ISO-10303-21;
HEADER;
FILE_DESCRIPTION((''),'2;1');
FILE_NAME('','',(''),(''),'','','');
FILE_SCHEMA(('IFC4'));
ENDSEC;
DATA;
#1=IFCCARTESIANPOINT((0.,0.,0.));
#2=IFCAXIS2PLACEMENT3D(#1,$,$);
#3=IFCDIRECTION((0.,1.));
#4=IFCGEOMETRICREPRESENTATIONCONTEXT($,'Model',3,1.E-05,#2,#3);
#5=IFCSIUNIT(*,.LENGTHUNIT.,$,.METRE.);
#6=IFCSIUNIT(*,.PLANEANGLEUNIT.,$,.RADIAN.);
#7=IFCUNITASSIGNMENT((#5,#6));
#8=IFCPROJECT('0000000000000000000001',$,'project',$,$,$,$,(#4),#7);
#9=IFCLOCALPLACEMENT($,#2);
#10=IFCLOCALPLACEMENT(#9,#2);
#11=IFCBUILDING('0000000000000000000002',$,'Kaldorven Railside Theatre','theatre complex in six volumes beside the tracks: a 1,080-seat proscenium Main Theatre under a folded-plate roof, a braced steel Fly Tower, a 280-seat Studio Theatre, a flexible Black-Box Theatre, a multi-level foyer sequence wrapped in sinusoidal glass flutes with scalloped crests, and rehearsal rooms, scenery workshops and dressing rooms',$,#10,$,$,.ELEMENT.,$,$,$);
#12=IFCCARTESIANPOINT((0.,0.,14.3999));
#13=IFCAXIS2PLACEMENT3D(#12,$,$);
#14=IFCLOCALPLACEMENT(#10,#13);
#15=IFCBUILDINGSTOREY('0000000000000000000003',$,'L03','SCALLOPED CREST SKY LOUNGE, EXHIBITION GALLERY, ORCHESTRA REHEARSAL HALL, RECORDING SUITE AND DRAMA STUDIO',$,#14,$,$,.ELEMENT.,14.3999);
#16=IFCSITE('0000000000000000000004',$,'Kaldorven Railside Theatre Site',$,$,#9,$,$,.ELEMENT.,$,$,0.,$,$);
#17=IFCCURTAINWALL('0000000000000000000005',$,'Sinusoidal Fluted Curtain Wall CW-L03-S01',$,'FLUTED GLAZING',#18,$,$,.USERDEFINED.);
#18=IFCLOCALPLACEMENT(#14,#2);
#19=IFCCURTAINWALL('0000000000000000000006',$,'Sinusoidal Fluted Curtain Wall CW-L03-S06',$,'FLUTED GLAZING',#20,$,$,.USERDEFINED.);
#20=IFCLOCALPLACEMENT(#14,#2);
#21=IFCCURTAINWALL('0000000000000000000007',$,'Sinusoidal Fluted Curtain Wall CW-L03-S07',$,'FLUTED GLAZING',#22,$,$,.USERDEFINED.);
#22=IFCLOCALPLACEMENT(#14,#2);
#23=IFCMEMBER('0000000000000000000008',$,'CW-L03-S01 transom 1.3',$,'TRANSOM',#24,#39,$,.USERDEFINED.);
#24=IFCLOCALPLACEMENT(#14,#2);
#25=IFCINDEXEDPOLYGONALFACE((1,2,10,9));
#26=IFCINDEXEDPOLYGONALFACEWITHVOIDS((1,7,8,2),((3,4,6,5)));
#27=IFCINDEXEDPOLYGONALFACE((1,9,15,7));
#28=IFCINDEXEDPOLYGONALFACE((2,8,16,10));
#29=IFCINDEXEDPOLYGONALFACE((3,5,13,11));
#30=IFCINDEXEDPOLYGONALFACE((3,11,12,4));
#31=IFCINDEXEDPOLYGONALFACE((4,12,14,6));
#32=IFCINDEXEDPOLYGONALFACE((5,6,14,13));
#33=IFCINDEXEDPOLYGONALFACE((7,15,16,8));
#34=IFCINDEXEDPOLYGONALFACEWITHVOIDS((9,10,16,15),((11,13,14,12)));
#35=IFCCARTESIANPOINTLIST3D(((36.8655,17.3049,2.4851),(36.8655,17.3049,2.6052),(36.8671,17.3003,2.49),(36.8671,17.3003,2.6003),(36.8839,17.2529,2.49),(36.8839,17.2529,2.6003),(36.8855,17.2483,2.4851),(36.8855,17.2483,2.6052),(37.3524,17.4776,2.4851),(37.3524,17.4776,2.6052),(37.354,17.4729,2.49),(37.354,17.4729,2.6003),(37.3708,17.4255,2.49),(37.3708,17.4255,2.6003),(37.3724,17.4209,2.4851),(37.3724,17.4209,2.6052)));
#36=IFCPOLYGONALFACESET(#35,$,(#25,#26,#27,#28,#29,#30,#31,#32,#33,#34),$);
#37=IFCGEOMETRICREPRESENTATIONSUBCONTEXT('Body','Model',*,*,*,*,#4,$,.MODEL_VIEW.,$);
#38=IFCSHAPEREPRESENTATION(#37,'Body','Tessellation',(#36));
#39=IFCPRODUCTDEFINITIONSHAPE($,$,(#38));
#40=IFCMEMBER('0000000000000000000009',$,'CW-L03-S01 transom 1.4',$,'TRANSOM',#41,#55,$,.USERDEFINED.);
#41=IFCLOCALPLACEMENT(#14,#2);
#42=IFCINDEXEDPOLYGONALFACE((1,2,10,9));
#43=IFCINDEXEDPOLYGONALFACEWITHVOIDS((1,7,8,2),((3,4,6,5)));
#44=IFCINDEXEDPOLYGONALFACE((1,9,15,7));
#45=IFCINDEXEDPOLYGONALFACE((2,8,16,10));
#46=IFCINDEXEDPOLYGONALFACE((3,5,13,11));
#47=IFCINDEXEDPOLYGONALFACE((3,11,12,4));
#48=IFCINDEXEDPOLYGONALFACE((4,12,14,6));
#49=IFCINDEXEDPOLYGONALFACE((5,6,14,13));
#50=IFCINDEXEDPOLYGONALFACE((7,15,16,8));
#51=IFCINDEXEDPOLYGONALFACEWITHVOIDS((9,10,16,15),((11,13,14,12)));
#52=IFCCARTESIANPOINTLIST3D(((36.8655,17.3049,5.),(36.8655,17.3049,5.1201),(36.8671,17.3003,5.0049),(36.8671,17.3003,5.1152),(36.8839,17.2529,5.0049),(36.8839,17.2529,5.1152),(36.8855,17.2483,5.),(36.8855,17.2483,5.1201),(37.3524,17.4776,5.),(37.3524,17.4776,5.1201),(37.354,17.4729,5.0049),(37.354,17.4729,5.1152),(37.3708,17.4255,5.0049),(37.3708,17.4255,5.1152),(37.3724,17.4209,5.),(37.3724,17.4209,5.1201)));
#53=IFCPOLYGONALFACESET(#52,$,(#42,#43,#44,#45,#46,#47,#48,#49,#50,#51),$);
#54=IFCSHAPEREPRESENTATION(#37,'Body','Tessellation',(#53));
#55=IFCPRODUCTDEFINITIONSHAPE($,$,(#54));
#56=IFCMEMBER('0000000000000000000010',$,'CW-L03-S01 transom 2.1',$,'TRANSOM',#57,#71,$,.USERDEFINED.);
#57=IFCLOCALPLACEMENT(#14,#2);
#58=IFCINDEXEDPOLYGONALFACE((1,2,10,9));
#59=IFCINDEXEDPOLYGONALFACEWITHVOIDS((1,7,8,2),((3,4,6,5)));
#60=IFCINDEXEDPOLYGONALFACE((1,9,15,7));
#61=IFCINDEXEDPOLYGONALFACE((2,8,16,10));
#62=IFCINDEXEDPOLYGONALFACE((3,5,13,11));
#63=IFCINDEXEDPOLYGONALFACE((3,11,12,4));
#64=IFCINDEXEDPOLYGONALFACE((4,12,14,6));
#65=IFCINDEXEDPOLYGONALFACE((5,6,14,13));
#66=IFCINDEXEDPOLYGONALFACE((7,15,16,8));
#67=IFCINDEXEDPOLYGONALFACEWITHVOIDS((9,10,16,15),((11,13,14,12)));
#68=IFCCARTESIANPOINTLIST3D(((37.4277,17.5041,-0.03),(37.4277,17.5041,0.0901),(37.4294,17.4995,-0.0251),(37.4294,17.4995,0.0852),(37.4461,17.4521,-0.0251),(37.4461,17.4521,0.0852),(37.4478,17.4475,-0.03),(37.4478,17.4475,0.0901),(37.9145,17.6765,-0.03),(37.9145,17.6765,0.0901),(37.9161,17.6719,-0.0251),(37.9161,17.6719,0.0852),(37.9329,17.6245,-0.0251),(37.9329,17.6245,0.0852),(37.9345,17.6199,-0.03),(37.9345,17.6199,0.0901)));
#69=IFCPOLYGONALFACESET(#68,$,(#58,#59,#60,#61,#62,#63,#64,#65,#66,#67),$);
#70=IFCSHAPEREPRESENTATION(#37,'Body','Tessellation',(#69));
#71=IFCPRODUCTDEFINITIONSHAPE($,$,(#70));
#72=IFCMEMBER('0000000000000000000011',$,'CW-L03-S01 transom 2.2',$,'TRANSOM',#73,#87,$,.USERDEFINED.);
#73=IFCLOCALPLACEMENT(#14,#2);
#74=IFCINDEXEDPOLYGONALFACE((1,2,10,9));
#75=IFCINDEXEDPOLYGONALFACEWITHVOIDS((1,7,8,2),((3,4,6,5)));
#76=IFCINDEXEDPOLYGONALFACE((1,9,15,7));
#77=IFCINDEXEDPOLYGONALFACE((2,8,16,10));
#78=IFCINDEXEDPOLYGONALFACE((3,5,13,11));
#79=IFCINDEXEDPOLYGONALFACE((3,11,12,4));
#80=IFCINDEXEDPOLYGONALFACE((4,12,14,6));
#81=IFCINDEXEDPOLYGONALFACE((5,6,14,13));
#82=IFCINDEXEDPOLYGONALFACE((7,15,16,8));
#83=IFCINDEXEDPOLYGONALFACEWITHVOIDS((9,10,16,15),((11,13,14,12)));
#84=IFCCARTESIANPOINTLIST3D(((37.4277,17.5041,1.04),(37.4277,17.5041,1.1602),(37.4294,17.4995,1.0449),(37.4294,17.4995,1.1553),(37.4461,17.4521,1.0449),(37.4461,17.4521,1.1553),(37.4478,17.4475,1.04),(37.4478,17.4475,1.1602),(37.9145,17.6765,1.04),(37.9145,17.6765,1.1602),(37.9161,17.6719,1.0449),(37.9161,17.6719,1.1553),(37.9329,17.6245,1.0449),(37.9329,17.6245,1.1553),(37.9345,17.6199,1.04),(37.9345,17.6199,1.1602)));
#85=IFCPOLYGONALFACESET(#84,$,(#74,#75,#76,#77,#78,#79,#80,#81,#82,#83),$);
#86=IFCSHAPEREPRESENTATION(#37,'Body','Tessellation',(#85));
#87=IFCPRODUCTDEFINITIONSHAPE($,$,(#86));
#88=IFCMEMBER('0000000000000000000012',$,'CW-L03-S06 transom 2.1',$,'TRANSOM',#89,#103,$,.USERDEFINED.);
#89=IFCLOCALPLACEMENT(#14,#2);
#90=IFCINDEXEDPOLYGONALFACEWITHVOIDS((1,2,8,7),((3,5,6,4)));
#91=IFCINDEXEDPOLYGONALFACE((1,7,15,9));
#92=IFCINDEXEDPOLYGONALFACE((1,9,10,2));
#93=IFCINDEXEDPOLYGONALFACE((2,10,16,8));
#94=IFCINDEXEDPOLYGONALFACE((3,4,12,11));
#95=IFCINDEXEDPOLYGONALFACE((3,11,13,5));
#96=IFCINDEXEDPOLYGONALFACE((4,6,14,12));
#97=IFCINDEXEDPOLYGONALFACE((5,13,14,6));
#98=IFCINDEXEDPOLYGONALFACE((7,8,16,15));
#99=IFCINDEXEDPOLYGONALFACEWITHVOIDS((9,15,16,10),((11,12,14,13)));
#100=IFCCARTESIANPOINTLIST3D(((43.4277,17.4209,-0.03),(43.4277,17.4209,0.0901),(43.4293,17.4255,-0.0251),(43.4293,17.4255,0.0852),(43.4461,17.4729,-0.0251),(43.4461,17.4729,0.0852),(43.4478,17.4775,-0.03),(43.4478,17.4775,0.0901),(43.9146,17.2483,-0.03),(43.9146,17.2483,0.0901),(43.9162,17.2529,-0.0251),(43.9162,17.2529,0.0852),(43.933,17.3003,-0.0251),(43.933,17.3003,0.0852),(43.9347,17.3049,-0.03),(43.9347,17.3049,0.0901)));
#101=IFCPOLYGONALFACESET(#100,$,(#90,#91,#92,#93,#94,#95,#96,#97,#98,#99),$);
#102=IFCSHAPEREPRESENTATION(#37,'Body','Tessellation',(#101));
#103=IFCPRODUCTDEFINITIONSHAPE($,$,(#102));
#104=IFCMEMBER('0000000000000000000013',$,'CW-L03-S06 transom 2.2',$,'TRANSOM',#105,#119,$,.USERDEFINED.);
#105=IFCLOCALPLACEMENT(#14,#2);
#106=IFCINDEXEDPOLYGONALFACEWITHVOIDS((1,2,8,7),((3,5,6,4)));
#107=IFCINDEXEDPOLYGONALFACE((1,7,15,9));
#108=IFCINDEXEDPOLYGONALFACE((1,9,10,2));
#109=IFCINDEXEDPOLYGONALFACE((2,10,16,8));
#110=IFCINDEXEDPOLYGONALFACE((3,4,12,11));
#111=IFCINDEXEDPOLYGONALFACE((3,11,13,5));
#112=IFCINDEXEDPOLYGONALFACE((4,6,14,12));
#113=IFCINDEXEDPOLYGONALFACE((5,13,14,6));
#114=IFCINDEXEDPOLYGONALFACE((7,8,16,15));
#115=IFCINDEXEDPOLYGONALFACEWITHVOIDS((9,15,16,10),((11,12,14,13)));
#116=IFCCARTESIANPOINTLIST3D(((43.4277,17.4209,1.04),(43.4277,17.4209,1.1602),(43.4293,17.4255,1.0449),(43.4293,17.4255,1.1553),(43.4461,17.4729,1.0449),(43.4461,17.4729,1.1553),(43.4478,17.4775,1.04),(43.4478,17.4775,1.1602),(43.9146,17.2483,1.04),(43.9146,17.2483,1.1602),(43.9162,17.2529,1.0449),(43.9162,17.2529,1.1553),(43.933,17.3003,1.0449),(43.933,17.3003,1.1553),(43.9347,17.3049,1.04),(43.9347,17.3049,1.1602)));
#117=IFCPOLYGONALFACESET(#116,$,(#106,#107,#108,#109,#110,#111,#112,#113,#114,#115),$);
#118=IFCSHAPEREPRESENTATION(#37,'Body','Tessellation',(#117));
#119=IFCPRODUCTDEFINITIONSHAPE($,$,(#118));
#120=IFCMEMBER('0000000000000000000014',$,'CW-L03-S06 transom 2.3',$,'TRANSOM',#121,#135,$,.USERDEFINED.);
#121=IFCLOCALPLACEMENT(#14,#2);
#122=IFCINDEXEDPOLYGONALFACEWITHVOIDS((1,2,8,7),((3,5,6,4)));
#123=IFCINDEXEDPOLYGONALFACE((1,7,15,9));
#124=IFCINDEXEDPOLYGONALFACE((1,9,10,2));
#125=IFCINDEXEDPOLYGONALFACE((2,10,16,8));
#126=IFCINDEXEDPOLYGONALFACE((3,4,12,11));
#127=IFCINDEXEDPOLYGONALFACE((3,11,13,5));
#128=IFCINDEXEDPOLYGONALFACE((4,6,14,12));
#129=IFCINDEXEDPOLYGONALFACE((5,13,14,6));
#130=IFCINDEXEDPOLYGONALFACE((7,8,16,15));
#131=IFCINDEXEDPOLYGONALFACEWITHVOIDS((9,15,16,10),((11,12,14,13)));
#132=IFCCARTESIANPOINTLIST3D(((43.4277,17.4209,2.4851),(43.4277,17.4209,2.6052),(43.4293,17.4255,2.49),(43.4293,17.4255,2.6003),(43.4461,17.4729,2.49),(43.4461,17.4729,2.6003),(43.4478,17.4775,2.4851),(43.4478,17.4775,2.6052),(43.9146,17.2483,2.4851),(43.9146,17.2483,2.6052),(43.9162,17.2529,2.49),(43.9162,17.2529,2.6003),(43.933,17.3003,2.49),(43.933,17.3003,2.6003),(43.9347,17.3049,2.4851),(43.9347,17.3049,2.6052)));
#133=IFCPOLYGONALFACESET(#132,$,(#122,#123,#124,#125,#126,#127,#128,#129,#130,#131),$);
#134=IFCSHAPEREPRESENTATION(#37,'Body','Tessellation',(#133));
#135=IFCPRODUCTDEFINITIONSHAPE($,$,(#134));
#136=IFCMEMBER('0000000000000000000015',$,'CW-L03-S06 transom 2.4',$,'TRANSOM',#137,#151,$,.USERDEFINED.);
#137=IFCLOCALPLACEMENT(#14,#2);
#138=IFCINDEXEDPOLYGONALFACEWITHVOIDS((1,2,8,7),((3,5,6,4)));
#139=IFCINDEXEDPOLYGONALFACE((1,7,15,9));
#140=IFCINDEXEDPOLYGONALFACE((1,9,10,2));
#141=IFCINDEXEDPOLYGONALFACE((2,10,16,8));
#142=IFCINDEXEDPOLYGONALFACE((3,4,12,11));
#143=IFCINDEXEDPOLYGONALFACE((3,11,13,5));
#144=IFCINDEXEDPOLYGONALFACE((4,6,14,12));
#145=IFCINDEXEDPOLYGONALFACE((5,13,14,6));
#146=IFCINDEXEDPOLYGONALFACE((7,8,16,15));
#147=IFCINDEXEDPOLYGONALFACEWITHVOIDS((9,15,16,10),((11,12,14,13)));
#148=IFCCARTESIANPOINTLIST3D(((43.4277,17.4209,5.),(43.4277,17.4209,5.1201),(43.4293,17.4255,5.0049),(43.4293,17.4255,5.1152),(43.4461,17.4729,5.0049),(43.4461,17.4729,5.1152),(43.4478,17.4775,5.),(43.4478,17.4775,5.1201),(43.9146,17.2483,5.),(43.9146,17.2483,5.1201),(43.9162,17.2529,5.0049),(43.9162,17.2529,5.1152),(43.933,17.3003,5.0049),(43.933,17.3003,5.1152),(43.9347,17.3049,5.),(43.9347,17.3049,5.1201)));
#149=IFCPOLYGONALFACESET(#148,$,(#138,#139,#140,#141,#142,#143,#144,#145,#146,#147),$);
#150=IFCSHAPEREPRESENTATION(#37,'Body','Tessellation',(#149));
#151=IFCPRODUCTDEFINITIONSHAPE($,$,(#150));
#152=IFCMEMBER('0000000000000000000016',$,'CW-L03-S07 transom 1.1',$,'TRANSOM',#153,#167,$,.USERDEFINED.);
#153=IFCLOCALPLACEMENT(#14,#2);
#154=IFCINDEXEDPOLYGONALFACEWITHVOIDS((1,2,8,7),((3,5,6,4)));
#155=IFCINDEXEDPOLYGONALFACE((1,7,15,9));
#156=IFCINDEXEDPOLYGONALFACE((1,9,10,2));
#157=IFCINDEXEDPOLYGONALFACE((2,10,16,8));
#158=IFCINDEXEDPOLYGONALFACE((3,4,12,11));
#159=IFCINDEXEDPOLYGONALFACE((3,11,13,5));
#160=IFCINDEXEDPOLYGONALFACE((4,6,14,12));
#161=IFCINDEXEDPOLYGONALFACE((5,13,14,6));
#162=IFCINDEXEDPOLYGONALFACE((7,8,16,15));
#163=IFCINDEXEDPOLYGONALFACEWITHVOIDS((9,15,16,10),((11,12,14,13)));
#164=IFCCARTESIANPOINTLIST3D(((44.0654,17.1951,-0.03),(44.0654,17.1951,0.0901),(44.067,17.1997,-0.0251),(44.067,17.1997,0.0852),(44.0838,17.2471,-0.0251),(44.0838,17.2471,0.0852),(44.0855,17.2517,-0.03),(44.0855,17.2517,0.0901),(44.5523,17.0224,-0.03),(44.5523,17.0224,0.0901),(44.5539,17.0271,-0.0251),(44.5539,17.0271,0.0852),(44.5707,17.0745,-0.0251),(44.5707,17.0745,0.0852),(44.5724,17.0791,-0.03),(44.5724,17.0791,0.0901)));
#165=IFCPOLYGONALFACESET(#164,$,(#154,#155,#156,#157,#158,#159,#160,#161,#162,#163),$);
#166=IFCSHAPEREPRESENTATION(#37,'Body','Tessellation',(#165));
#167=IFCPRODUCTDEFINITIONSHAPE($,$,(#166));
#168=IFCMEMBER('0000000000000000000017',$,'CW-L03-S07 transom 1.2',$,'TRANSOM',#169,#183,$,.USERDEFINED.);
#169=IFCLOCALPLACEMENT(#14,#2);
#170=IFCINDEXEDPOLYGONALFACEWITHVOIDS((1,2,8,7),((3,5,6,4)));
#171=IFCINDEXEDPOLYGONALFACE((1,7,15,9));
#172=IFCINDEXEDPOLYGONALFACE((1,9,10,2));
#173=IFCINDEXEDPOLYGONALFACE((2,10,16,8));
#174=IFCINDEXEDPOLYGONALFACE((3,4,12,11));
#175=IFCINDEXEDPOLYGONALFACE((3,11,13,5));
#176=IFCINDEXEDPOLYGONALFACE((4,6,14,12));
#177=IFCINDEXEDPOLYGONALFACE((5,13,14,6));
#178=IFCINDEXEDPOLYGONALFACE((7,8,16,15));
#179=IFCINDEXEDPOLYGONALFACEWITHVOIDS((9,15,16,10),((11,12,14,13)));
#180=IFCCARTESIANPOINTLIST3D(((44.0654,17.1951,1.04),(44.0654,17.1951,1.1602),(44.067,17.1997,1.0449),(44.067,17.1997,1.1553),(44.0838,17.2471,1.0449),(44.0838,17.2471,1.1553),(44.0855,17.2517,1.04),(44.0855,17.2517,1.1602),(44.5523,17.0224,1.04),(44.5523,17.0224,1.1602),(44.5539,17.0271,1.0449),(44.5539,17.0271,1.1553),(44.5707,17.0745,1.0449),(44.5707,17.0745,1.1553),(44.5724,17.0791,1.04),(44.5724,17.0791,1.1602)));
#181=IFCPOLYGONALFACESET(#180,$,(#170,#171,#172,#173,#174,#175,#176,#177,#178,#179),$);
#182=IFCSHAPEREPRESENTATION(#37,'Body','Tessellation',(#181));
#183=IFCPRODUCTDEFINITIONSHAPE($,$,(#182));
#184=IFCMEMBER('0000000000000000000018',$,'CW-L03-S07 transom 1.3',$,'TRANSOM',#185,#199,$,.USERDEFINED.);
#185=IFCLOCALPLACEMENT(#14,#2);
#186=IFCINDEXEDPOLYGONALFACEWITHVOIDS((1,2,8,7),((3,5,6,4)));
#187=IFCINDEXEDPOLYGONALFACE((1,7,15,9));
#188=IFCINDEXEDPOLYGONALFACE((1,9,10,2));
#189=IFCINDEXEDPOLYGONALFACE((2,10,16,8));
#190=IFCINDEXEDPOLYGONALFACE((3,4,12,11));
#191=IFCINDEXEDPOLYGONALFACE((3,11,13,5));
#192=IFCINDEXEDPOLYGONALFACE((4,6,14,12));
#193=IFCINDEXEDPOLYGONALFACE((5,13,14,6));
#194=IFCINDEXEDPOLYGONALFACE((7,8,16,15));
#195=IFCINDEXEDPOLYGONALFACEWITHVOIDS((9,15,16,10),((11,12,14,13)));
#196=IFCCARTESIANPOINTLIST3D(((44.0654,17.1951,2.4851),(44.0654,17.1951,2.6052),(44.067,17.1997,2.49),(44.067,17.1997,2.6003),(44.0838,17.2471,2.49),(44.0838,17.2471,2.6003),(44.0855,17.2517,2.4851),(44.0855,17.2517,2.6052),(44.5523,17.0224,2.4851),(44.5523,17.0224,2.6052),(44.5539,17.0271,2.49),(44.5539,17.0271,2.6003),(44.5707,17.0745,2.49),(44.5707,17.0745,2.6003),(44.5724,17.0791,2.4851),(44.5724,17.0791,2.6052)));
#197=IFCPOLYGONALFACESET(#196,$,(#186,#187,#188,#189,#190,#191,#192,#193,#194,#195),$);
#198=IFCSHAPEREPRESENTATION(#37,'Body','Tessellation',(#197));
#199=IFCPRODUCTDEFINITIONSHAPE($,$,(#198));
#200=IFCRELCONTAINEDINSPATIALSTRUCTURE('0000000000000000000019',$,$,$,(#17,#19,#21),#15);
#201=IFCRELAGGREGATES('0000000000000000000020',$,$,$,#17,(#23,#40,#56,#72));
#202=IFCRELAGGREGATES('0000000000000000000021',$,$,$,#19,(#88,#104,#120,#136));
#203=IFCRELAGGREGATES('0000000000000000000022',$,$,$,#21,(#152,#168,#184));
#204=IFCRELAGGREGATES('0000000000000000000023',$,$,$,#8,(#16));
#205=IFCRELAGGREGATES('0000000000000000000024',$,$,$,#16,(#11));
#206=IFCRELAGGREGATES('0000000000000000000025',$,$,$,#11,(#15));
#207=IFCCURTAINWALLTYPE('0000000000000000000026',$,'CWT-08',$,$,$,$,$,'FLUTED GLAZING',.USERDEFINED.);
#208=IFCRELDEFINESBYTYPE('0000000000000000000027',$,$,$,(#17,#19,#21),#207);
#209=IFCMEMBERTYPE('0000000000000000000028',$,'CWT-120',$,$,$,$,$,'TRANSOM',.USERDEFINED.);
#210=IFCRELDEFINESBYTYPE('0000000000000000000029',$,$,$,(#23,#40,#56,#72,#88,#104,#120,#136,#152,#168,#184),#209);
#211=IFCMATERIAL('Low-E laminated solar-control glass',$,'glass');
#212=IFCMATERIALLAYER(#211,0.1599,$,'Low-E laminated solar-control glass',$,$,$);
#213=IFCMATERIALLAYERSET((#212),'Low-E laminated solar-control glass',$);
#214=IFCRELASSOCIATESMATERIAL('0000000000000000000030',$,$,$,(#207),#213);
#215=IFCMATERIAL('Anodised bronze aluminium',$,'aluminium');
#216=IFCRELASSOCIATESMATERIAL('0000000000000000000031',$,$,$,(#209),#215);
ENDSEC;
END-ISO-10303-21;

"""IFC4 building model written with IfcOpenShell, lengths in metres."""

from ifc_helpers import new_model, si_unit, direction, frame, origin, origin_2d, place, context, subcontext, project, spatial, hollow_rectangle, extrude, material, layer, layer_set, material_profile, profile_set, type_object, element, aggregate, save


model = new_model("IFC4")

# Units and contexts
model_context = context("Model", 3, precision=1e-05, world=origin(), true_north=direction((0.0, 1.0)))
body_context = subcontext(model_context, "Body", "Model", "MODEL_VIEW")
ifc_project = project(units=[si_unit("LENGTHUNIT", "METRE"), si_unit("PLANEANGLEUNIT", "RADIAN")], contexts=[model_context])

# Site, building, storey
site_placement = place(None, origin())
site = spatial("IfcSite", under=ifc_project, at=site_placement, Name="Kaldorven Railside Theatre Site", CompositionType="ELEMENT", RefElevation=0.0)
building_placement = place(site_placement, origin())
building = spatial("IfcBuilding", under=site, at=building_placement, Name="Kaldorven Railside Theatre", Description="theatre complex in six volumes beside the tracks: a 1,080-seat proscenium Main Theatre under a folded-plate roof, a braced steel Fly Tower, a 280-seat Studio Theatre, a flexible Black-Box Theatre, a multi-level foyer sequence wrapped in sinusoidal glass flutes with scalloped crests, and rehearsal rooms, scenery workshops and dressing rooms", CompositionType="ELEMENT")
storey_placement = place(building_placement, frame((0.0, 0.0, 14.3999)))
storey = spatial("IfcBuildingStorey", under=building, at=storey_placement, Name="L03", Description="SCALLOPED CREST SKY LOUNGE, EXHIBITION GALLERY, ORCHESTRA REHEARSAL HALL, RECORDING SUITE AND DRAMA STUDIO", CompositionType="ELEMENT", Elevation=14.3999)

# Curtain walls
ifc_material_1 = material(Name="Low-E laminated solar-control glass", Category="glass")
ifc_layer_1 = layer(ifc_material_1, 0.1599, Name="Low-E laminated solar-control glass")
ifc_layer_set_1 = layer_set([ifc_layer_1], Name="Low-E laminated solar-control glass")
curtain_wall_type = type_object("IfcCurtainWallType", Name="CWT-08", ElementType="FLUTED GLAZING", PredefinedType="USERDEFINED", material=ifc_layer_set_1)
curtain_wall_1_placement = place(storey_placement, origin())
curtain_wall_1 = element("IfcCurtainWall", 1, at=curtain_wall_1_placement, inside=storey, type_object=curtain_wall_type, Name="Sinusoidal Fluted Curtain Wall CW-L03-S01", ObjectType="FLUTED GLAZING", PredefinedType="USERDEFINED")
ifc_material_2 = material(Name="Anodised bronze aluminium", Category="aluminium")
curtain_wall_2_placement = place(storey_placement, origin())
curtain_wall_2 = element("IfcCurtainWall", 2, at=curtain_wall_2_placement, inside=storey, type_object=curtain_wall_type, Name="Sinusoidal Fluted Curtain Wall CW-L03-S06", ObjectType="FLUTED GLAZING", PredefinedType="USERDEFINED")

# Curtain wall
curtain_wall_3_placement = place(storey_placement, origin())
curtain_wall_3 = element("IfcCurtainWall", 3, at=curtain_wall_3_placement, inside=storey, type_object=curtain_wall_type, Name="Sinusoidal Fluted Curtain Wall CW-L03-S07", ObjectType="FLUTED GLAZING", PredefinedType="USERDEFINED")

# Members
ifc_material_profile_1 = material_profile(ifc_material_2, hollow_rectangle(XDim=0.0601, YDim=0.1201, WallThickness=0.0049, at=origin_2d()), Name="RHS 120x60x5")
ifc_profile_set_1 = profile_set([ifc_material_profile_1], Name="Anodised bronze aluminium")
member_type_1 = type_object("IfcMemberType", Name="CWT-120", ElementType="TRANSOM", PredefinedType="USERDEFINED", material=ifc_profile_set_1)
member_1_placement = place(storey_placement, frame((36.8755, 17.2766, 2.5452), z_axis=(0.942509, 0.33418, 0.0), x_axis=(-0.33418, 0.942509, 0.0)))
member_1 = element("IfcMember", 4, at=member_1_placement, type_object=member_type_1, Name="CW-L03-S01 transom 1.3", ObjectType="TRANSOM", PredefinedType="USERDEFINED", context=body_context, shape_type="SweptSolid", body=[
    extrude(hollow_rectangle(XDim=0.0601, YDim=0.1201, WallThickness=0.0049, at=origin_2d()), origin(), (0.0, 0.0, 1.0), 0.5166),
])
member_2_placement = place(storey_placement, frame((36.8755, 17.2766, 5.0601), z_axis=(0.942509, 0.33418, 0.0), x_axis=(-0.33418, 0.942509, 0.0)))
member_2 = element("IfcMember", 5, at=member_2_placement, type_object=member_type_1, Name="CW-L03-S01 transom 1.4", ObjectType="TRANSOM", PredefinedType="USERDEFINED", context=body_context, shape_type="SweptSolid", body=[
    extrude(hollow_rectangle(XDim=0.0601, YDim=0.1201, WallThickness=0.0049, at=origin_2d()), origin(), (0.0, 0.0, 1.0), 0.5166),
])
member_3_placement = place(storey_placement, frame((37.4377, 17.4758, 0.03), z_axis=(0.942658, 0.33376, 0.0), x_axis=(-0.33376, 0.942658, 0.0)))
member_3 = element("IfcMember", 6, at=member_3_placement, type_object=member_type_1, Name="CW-L03-S01 transom 2.1", ObjectType="TRANSOM", PredefinedType="USERDEFINED", context=body_context, shape_type="SweptSolid", body=[
    extrude(hollow_rectangle(XDim=0.0601, YDim=0.1201, WallThickness=0.0049, at=origin_2d()), origin(), (0.0, 0.0, 1.0), 0.5164),
])
member_4_placement = place(storey_placement, frame((37.4377, 17.4758, 1.1001), z_axis=(0.942658, 0.33376, 0.0), x_axis=(-0.33376, 0.942658, 0.0)))
member_4 = element("IfcMember", 7, at=member_4_placement, type_object=member_type_1, Name="CW-L03-S01 transom 2.2", ObjectType="TRANSOM", PredefinedType="USERDEFINED", context=body_context, shape_type="SweptSolid", body=[
    extrude(hollow_rectangle(XDim=0.0601, YDim=0.1201, WallThickness=0.0049, at=origin_2d()), origin(), (0.0, 0.0, 1.0), 0.5164),
])
member_5_placement = place(storey_placement, frame((43.4377, 17.4492, 0.03), z_axis=(0.942509, -0.33418, 0.0), x_axis=(0.33418, 0.942509, 0.0)))
member_5 = element("IfcMember", 8, at=member_5_placement, type_object=member_type_1, Name="CW-L03-S06 transom 2.1", ObjectType="TRANSOM", PredefinedType="USERDEFINED", context=body_context, shape_type="SweptSolid", body=[
    extrude(hollow_rectangle(XDim=0.0601, YDim=0.1201, WallThickness=0.0049, at=origin_2d()), origin(), (0.0, 0.0, 1.0), 0.5166),
])
member_6_placement = place(storey_placement, frame((43.4377, 17.4492, 1.1001), z_axis=(0.942509, -0.33418, 0.0), x_axis=(0.33418, 0.942509, 0.0)))
member_6 = element("IfcMember", 9, at=member_6_placement, type_object=member_type_1, Name="CW-L03-S06 transom 2.2", ObjectType="TRANSOM", PredefinedType="USERDEFINED", context=body_context, shape_type="SweptSolid", body=[
    extrude(hollow_rectangle(XDim=0.0601, YDim=0.1201, WallThickness=0.0049, at=origin_2d()), origin(), (0.0, 0.0, 1.0), 0.5166),
])
member_7_placement = place(storey_placement, frame((43.4377, 17.4492, 2.5452), z_axis=(0.942509, -0.33418, 0.0), x_axis=(0.33418, 0.942509, 0.0)))
member_7 = element("IfcMember", 10, at=member_7_placement, type_object=member_type_1, Name="CW-L03-S06 transom 2.3", ObjectType="TRANSOM", PredefinedType="USERDEFINED", context=body_context, shape_type="SweptSolid", body=[
    extrude(hollow_rectangle(XDim=0.0601, YDim=0.1201, WallThickness=0.0049, at=origin_2d()), origin(), (0.0, 0.0, 1.0), 0.5166),
])
member_8_placement = place(storey_placement, frame((43.4377, 17.4492, 5.0601), z_axis=(0.942509, -0.33418, 0.0), x_axis=(0.33418, 0.942509, 0.0)))
member_8 = element("IfcMember", 11, at=member_8_placement, type_object=member_type_1, Name="CW-L03-S06 transom 2.4", ObjectType="TRANSOM", PredefinedType="USERDEFINED", context=body_context, shape_type="SweptSolid", body=[
    extrude(hollow_rectangle(XDim=0.0601, YDim=0.1201, WallThickness=0.0049, at=origin_2d()), origin(), (0.0, 0.0, 1.0), 0.5166),
])
member_9_placement = place(storey_placement, frame((44.0754, 17.2234, 0.03), z_axis=(0.942509, -0.33418, 0.0), x_axis=(0.33418, 0.942509, 0.0)))
member_9 = element("IfcMember", 12, at=member_9_placement, type_object=member_type_1, Name="CW-L03-S07 transom 1.1", ObjectType="TRANSOM", PredefinedType="USERDEFINED", context=body_context, shape_type="SweptSolid", body=[
    extrude(hollow_rectangle(XDim=0.0601, YDim=0.1201, WallThickness=0.0049, at=origin_2d()), origin(), (0.0, 0.0, 1.0), 0.5166),
])
member_10_placement = place(storey_placement, frame((44.0754, 17.2234, 1.1001), z_axis=(0.942509, -0.33418, 0.0), x_axis=(0.33418, 0.942509, 0.0)))
member_10 = element("IfcMember", 13, at=member_10_placement, type_object=member_type_1, Name="CW-L03-S07 transom 1.2", ObjectType="TRANSOM", PredefinedType="USERDEFINED", context=body_context, shape_type="SweptSolid", body=[
    extrude(hollow_rectangle(XDim=0.0601, YDim=0.1201, WallThickness=0.0049, at=origin_2d()), origin(), (0.0, 0.0, 1.0), 0.5166),
])
member_11_placement = place(storey_placement, frame((44.0754, 17.2234, 2.5452), z_axis=(0.942509, -0.33418, 0.0), x_axis=(0.33418, 0.942509, 0.0)))
member_11 = element("IfcMember", 14, at=member_11_placement, type_object=member_type_1, Name="CW-L03-S07 transom 1.3", ObjectType="TRANSOM", PredefinedType="USERDEFINED", context=body_context, shape_type="SweptSolid", body=[
    extrude(hollow_rectangle(XDim=0.0601, YDim=0.1201, WallThickness=0.0049, at=origin_2d()), origin(), (0.0, 0.0, 1.0), 0.5166),
])

aggregate(curtain_wall_1, [member_1, member_2, member_3, member_4])
aggregate(curtain_wall_2, [member_5, member_6, member_7, member_8])
aggregate(curtain_wall_3, [member_9, member_10, member_11])

save(model, "model.ifc")
